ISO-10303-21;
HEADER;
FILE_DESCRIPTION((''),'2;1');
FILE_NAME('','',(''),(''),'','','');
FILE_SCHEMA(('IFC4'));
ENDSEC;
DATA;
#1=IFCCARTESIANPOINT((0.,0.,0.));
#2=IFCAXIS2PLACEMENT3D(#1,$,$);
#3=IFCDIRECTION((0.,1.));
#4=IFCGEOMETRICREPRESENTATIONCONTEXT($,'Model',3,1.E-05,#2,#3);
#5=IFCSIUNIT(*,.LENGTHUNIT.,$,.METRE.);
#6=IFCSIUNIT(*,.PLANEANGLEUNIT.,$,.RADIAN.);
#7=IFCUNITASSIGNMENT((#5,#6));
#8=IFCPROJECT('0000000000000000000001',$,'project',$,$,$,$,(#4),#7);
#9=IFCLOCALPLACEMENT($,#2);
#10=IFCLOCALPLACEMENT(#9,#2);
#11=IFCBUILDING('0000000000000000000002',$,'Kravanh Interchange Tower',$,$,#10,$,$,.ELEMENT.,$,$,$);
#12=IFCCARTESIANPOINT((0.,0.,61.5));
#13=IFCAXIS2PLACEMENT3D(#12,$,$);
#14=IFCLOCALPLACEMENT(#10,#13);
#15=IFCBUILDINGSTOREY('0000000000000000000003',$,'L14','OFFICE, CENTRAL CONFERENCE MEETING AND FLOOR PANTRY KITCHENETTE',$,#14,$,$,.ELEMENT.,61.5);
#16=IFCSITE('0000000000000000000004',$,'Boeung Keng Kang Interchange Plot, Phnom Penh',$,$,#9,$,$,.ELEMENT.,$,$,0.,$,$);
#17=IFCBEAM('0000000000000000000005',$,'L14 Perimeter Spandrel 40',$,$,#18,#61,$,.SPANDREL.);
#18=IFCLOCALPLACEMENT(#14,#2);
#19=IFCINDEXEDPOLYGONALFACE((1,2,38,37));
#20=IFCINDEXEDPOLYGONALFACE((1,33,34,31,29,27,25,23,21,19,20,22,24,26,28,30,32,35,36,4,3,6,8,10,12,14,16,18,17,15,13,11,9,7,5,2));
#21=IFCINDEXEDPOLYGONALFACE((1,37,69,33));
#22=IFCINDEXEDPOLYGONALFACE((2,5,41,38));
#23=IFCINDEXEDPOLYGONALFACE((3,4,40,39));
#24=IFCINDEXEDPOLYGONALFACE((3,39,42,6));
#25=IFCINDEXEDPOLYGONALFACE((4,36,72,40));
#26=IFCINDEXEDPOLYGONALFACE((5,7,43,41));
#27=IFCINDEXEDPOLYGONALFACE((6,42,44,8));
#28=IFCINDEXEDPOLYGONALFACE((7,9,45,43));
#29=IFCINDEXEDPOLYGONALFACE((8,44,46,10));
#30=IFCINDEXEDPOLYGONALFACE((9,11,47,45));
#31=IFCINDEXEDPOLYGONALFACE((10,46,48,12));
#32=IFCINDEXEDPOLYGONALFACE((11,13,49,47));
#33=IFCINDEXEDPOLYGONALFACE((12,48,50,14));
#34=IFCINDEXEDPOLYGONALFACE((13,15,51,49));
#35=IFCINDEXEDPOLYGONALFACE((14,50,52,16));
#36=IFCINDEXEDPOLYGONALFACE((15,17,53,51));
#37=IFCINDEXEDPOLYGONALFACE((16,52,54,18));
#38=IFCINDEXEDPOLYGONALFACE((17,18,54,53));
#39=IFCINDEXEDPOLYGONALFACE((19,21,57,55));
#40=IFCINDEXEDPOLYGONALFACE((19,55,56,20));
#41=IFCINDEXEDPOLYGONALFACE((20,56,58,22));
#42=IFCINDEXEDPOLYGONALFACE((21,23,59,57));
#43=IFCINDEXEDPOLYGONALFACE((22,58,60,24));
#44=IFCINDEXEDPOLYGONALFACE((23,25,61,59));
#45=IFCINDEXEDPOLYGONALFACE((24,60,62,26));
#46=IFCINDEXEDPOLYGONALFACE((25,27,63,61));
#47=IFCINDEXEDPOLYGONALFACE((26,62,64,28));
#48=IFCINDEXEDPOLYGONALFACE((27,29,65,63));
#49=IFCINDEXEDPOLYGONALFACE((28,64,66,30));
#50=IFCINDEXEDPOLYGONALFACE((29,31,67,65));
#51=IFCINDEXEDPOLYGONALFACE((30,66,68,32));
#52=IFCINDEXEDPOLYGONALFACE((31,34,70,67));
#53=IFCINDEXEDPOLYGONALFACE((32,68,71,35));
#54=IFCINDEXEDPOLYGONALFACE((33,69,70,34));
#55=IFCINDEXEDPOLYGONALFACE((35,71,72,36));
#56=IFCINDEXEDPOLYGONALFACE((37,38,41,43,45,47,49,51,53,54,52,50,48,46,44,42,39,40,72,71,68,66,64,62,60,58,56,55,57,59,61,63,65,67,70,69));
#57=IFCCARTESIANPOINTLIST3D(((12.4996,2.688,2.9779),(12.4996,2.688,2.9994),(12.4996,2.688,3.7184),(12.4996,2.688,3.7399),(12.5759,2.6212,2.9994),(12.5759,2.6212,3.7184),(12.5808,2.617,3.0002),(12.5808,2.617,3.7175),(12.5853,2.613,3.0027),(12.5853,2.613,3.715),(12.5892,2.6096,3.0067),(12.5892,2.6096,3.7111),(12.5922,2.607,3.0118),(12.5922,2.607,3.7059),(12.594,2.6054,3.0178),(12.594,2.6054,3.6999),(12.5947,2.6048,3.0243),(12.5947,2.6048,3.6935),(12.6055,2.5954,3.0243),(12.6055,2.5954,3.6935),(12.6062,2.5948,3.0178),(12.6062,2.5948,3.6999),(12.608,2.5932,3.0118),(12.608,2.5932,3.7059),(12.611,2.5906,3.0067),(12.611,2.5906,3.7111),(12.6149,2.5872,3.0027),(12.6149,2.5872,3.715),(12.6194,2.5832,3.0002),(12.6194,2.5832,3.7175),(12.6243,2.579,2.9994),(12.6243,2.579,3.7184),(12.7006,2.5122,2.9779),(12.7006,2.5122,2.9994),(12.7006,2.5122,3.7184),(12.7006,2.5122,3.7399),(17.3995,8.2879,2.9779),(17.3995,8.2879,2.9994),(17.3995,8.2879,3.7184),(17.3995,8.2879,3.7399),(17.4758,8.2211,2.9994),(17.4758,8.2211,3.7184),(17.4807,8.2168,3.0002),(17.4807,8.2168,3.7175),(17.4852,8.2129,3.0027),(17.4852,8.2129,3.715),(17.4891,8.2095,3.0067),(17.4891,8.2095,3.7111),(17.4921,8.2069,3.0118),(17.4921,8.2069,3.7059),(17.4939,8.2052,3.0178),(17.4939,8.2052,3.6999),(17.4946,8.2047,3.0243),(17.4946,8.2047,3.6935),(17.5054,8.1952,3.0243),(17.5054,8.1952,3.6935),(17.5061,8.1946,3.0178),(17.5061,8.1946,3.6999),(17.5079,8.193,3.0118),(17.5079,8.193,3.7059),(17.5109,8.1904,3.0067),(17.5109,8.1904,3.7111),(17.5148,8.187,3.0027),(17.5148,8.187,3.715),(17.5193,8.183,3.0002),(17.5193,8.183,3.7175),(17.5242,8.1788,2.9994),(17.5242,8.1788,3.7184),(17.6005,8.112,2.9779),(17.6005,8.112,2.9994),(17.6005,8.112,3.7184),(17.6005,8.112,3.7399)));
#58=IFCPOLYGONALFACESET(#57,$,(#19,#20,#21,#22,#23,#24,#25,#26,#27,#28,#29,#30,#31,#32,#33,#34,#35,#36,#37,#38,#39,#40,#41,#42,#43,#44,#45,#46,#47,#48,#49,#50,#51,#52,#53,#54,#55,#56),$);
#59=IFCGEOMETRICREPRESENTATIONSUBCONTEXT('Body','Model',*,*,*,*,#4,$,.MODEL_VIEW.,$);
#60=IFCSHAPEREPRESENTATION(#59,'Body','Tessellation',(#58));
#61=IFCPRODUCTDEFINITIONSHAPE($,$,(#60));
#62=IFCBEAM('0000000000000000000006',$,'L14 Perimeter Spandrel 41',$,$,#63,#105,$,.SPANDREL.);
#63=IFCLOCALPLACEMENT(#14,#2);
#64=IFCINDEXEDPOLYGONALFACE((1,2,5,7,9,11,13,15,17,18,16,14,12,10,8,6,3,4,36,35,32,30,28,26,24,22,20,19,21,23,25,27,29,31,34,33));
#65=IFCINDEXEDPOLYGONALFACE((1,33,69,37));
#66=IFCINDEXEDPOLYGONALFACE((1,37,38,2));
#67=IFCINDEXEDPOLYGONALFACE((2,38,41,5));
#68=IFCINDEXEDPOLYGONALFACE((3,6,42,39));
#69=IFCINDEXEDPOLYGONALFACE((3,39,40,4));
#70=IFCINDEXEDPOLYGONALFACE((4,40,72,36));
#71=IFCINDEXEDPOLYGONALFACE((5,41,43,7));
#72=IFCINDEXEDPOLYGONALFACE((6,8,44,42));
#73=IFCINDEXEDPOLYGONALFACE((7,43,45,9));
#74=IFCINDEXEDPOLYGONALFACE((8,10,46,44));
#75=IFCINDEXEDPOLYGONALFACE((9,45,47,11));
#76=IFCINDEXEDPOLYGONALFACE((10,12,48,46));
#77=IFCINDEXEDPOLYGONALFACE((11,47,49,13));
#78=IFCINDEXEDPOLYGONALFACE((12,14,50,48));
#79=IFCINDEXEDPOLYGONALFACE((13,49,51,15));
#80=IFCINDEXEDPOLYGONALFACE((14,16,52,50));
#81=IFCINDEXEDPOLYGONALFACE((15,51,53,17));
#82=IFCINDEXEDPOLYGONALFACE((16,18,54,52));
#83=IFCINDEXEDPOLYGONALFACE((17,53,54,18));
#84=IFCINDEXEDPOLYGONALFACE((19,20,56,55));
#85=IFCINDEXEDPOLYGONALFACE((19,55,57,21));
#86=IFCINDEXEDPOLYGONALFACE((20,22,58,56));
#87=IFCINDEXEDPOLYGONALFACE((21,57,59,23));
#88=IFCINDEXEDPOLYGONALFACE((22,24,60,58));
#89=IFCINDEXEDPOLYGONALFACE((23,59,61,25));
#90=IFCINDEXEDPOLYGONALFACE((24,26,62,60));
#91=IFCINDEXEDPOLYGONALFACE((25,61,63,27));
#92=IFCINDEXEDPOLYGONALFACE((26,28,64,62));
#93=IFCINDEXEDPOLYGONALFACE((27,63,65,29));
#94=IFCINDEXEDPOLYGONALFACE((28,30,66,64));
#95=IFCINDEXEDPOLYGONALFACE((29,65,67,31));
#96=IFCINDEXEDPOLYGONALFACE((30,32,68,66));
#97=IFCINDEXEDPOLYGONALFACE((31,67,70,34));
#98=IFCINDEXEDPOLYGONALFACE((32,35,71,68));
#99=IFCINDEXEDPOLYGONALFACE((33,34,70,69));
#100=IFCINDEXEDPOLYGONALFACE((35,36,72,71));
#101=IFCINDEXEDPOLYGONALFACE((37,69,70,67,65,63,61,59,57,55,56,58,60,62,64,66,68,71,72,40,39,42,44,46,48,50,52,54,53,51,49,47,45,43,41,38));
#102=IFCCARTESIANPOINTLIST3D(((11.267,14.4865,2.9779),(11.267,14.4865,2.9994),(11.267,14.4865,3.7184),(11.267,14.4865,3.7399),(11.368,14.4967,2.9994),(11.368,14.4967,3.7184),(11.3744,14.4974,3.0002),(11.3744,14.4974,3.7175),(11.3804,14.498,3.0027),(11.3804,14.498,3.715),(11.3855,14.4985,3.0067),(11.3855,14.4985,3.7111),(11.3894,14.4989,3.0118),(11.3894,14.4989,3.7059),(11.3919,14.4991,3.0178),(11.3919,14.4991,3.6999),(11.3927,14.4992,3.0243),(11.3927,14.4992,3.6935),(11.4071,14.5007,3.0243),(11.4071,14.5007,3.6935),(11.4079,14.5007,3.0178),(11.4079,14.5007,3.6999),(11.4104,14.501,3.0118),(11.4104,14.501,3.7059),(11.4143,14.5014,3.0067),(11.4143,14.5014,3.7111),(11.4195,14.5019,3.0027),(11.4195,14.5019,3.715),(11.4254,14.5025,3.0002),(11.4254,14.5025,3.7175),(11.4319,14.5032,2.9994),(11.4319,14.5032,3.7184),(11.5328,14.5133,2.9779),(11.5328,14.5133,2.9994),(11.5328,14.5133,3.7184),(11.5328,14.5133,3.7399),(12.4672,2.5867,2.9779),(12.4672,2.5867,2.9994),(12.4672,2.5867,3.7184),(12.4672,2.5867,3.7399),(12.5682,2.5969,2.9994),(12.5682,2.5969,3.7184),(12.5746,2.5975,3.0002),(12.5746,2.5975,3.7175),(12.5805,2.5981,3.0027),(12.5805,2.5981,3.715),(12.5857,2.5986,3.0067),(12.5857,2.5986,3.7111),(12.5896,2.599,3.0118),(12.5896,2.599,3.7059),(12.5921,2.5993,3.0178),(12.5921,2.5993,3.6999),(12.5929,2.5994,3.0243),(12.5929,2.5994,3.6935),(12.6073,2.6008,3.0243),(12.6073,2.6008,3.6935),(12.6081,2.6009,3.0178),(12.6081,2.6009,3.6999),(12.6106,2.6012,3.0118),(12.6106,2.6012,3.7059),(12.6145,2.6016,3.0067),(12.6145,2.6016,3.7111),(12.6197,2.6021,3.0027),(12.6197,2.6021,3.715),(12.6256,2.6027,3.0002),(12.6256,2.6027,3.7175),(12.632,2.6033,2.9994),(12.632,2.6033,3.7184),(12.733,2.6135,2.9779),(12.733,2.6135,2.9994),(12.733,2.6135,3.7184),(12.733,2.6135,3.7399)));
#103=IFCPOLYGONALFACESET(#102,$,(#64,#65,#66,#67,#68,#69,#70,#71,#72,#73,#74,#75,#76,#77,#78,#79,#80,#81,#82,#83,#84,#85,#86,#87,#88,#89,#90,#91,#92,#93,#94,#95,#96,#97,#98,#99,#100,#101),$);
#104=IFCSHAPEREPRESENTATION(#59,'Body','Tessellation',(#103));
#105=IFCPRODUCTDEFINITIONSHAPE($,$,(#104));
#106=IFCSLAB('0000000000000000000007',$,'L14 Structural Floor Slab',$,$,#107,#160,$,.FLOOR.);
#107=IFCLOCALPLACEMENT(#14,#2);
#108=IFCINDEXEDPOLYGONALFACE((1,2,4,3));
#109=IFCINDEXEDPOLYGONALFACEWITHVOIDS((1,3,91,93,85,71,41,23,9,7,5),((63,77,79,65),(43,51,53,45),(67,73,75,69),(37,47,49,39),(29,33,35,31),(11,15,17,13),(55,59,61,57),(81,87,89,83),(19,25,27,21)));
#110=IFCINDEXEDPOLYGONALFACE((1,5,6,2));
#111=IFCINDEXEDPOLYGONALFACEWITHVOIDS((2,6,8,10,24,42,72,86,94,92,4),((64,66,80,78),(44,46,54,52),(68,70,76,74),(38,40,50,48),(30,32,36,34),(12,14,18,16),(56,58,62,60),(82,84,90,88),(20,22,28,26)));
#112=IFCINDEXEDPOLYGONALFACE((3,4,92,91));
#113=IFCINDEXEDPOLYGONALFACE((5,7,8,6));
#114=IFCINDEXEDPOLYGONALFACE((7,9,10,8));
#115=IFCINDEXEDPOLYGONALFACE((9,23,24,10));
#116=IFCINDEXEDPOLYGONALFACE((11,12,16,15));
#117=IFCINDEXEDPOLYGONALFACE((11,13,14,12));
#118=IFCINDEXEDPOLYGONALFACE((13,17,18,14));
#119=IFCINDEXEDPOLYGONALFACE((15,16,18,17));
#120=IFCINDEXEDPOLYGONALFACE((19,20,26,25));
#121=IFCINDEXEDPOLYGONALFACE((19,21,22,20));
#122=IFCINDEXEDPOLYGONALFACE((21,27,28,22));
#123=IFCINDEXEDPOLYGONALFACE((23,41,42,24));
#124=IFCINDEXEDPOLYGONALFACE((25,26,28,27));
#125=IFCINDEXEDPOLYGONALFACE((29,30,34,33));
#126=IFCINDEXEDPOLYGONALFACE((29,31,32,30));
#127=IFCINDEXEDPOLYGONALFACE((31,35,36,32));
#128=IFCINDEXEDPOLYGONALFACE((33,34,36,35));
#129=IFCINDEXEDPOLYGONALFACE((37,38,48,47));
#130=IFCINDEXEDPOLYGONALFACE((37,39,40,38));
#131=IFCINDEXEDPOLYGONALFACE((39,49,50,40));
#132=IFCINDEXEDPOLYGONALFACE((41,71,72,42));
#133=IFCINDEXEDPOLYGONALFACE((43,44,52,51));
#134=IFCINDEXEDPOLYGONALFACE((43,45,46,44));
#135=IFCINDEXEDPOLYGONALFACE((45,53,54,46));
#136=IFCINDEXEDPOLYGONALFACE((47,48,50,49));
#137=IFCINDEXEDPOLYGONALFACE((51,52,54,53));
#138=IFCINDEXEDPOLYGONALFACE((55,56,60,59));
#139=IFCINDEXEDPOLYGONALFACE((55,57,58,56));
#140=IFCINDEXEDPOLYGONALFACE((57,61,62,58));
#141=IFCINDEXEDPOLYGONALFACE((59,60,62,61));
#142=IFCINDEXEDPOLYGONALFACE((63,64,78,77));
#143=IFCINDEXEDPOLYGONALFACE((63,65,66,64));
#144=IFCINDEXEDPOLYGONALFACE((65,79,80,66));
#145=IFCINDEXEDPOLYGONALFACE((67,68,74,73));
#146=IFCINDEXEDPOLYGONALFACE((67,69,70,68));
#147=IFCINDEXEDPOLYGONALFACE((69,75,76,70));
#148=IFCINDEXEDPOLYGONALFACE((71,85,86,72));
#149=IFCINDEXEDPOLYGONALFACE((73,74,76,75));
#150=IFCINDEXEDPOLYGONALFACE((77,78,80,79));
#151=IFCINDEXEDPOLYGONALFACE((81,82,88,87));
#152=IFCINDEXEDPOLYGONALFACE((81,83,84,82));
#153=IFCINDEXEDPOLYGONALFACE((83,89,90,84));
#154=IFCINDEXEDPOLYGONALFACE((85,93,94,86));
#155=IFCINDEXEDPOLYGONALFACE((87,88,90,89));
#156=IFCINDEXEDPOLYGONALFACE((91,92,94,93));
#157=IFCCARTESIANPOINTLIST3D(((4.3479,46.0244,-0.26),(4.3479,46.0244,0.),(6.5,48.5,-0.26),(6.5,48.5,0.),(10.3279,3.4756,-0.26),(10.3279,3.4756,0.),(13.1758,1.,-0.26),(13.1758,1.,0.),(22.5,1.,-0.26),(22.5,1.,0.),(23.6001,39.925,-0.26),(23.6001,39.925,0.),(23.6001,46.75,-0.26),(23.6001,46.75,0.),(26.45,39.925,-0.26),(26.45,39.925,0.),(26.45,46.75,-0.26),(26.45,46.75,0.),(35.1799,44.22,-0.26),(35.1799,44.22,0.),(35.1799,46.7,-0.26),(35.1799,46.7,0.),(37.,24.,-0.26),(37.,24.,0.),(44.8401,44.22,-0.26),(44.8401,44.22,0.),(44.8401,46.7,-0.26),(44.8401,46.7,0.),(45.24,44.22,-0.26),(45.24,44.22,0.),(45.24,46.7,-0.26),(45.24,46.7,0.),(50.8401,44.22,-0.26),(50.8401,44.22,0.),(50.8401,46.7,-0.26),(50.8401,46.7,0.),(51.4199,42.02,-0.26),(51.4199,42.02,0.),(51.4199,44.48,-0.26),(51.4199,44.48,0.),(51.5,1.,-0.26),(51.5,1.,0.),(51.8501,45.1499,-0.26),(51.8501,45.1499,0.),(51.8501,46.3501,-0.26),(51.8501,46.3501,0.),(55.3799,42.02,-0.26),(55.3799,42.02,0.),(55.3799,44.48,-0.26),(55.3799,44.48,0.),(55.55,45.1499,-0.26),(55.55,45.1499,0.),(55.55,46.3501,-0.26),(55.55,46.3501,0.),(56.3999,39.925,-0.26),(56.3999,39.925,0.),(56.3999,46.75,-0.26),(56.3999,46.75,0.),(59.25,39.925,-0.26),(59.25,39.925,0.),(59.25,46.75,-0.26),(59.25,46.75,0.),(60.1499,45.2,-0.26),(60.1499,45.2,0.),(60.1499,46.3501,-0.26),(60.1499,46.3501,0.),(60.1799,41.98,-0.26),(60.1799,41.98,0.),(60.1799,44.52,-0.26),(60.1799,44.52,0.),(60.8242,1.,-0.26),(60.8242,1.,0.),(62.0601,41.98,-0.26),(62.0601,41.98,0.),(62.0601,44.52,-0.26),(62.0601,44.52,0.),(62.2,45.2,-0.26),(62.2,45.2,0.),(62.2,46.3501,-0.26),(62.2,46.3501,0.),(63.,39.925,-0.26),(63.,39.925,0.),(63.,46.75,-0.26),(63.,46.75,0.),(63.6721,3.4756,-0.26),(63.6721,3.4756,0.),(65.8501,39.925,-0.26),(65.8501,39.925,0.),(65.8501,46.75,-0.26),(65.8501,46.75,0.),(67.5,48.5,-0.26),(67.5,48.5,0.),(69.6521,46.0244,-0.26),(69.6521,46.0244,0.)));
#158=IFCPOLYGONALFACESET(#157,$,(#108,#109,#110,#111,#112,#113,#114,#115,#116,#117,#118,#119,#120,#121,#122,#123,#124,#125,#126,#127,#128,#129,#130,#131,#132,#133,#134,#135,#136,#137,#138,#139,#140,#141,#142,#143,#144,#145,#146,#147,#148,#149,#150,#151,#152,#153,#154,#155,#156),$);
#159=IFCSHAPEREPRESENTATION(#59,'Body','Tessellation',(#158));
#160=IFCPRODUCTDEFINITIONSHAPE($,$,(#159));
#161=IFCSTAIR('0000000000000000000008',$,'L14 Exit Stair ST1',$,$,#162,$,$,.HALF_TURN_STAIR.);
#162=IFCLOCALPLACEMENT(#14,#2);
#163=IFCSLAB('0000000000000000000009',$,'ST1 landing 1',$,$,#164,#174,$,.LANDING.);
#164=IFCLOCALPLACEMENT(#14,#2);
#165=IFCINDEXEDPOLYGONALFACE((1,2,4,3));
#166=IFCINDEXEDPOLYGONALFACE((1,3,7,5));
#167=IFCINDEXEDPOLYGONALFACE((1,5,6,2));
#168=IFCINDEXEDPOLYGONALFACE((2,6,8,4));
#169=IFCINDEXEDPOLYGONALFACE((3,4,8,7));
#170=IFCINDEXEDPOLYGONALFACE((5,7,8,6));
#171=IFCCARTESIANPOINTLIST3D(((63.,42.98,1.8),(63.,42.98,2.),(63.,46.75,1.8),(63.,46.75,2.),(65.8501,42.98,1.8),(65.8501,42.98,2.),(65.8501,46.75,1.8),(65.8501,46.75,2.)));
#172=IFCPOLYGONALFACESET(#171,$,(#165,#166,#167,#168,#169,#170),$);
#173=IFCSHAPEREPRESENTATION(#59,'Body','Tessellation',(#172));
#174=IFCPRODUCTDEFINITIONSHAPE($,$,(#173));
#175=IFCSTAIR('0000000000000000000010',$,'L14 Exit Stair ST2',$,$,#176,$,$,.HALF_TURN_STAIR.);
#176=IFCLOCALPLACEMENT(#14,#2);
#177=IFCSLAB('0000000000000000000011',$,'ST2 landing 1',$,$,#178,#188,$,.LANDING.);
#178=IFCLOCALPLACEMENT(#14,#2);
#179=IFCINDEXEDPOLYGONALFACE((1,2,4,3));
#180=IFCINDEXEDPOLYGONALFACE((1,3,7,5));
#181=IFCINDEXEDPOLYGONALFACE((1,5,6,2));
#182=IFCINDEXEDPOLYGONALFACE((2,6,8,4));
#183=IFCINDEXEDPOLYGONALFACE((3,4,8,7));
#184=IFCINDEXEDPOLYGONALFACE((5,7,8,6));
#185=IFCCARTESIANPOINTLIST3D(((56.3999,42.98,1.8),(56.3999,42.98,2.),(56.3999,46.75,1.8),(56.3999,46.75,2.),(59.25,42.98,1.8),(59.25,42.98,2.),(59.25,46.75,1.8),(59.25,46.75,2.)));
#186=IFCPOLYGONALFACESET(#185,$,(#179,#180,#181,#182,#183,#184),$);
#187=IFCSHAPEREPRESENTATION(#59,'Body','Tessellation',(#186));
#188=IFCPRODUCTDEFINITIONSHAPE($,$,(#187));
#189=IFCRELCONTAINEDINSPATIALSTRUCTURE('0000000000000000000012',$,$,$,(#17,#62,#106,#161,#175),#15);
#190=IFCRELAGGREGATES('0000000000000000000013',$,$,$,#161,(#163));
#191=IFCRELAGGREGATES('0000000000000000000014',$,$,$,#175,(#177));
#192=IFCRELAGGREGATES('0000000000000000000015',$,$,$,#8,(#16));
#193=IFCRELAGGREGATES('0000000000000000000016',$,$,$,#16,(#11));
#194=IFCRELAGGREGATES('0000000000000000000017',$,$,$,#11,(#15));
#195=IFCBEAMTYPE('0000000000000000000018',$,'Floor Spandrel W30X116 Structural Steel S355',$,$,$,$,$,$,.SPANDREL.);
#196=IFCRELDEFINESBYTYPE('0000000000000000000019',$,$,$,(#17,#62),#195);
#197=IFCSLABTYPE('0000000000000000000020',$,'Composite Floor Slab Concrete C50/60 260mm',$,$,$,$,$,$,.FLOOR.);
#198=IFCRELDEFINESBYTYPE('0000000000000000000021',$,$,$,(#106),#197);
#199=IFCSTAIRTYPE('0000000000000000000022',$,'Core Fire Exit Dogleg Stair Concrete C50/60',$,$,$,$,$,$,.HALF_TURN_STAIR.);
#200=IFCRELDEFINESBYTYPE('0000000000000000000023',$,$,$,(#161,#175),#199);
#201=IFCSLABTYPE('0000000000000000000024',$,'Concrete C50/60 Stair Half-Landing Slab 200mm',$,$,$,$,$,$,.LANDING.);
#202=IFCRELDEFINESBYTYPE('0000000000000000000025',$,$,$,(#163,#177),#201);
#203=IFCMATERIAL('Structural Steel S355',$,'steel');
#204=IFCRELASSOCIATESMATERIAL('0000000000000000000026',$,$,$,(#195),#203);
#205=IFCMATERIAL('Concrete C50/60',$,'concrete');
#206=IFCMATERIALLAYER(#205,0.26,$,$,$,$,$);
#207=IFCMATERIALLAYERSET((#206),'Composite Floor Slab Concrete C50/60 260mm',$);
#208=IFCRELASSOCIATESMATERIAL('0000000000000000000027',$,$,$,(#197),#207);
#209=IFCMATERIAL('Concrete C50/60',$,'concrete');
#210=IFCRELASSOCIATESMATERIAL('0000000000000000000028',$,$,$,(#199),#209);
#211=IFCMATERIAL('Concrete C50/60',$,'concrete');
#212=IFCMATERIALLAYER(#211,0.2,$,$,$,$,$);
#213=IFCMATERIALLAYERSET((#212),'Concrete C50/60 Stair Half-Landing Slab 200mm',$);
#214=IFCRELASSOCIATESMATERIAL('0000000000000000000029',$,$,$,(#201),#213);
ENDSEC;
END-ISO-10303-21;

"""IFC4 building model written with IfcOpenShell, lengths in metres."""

from ifc_helpers import new_model, si_unit, direction, frame, origin, origin_2d, place, context, subcontext, project, spatial, polyline, i_section, outline, extrude, material, layer, layer_set, material_profile, profile_set, type_object, element, aggregate, save


model = new_model("IFC4")

# Units and contexts
model_context = context("Model", 3, precision=1e-05, world=origin(), true_north=direction((0.0, 1.0)))
body_context = subcontext(model_context, "Body", "Model", "MODEL_VIEW")
ifc_project = project(units=[si_unit("LENGTHUNIT", "METRE"), si_unit("PLANEANGLEUNIT", "RADIAN")], contexts=[model_context])

# Site, building, storey
site_placement = place(None, origin())
site = spatial("IfcSite", under=ifc_project, at=site_placement, Name="Boeung Keng Kang Interchange Plot, Phnom Penh", CompositionType="ELEMENT", RefElevation=0.0)
building_placement = place(site_placement, origin())
building = spatial("IfcBuilding", under=site, at=building_placement, Name="Kravanh Interchange Tower", CompositionType="ELEMENT")
storey_placement = place(building_placement, frame((0.0, 0.0, 61.5)))
storey = spatial("IfcBuildingStorey", under=building, at=storey_placement, Name="L14", Description="OFFICE, CENTRAL CONFERENCE MEETING AND FLOOR PANTRY KITCHENETTE", CompositionType="ELEMENT", Elevation=61.5)

# Beams
ifc_material_1 = material(Name="Structural Steel S355", Category="steel")
ifc_material_profile_1 = material_profile(ifc_material_1, i_section(OverallWidth=0.2671, OverallDepth=0.762, WebThickness=0.0144, FlangeThickness=0.0215, FilletRadius=0.0249, at=origin_2d()), Name="W30X116")
ifc_profile_set_1 = profile_set([ifc_material_profile_1], Name="Structural Steel S355")
beam_type_1 = type_object("IfcBeamType", Name="Floor Spandrel W30X116 Structural Steel S355", PredefinedType="SPANDREL", material=ifc_profile_set_1)
beam_1_placement = place(storey_placement, frame((12.6001, 2.6001, 3.3589), z_axis=(0.658507, 0.752575, 0.0), x_axis=(-0.752575, 0.658507, 0.0)))
element("IfcBeam", 1, at=beam_1_placement, inside=storey, type_object=beam_type_1, Name="L14 Perimeter Spandrel 40", PredefinedType="SPANDREL", context=body_context, shape_type="SweptSolid", body=[
    extrude(i_section(OverallWidth=0.2671, OverallDepth=0.762, WebThickness=0.0144, FlangeThickness=0.0215, FilletRadius=0.0249, at=origin_2d()), origin(), (0.0, 0.0, 1.0), 7.4409),
])
beam_2_placement = place(storey_placement, frame((12.6001, 2.6001, 3.3589), z_axis=(-0.100348, 0.994952, 0.0), x_axis=(-0.994952, -0.100348, 0.0)))
element("IfcBeam", 2, at=beam_2_placement, inside=storey, type_object=beam_type_1, Name="L14 Perimeter Spandrel 41", PredefinedType="SPANDREL", context=body_context, shape_type="SweptSolid", body=[
    extrude(i_section(OverallWidth=0.2671, OverallDepth=0.762, WebThickness=0.0144, FlangeThickness=0.0215, FilletRadius=0.0249, at=origin_2d()), origin(), (0.0, 0.0, 1.0), 11.9602),
])

# Slab
ifc_material_2 = material(Name="Concrete C50/60", Category="concrete")
ifc_layer_1 = layer(ifc_material_2, 0.26)
ifc_layer_set_1 = layer_set([ifc_layer_1], Name="Composite Floor Slab Concrete C50/60 260mm")
slab_type_1 = type_object("IfcSlabType", Name="Composite Floor Slab Concrete C50/60 260mm", PredefinedType="FLOOR", material=ifc_layer_set_1)
slab_1_placement = place(storey_placement, frame((0.0, 0.0, -0.26)))
element("IfcSlab", 3, at=slab_1_placement, inside=storey, type_object=slab_type_1, Name="L14 Structural Floor Slab", PredefinedType="FLOOR", context=body_context, shape_type="SweptSolid", body=[
    extrude(outline(polyline([(10.3279, 3.4756), (13.1758, 1.0), (22.5, 1.0), (37.0, 24.0), (51.5, 1.0), (60.8242, 1.0), (63.6721, 3.4756), (69.6521, 46.0244), (67.5, 48.5), (6.5, 48.5), (4.3479, 46.0244), (10.3279, 3.4756)]), holes=[polyline([(65.8501, 39.925), (65.8501, 46.75), (63.0, 46.75), (63.0, 39.925), (65.8501, 39.925)]), polyline([(59.25, 39.925), (59.25, 46.75), (56.3999, 46.75), (56.3999, 39.925), (59.25, 39.925)]), polyline([(26.45, 39.925), (26.45, 46.75), (23.6001, 46.75), (23.6001, 39.925), (26.45, 39.925)]), polyline([(35.1799, 44.22), (44.8401, 44.22), (44.8401, 46.7), (35.1799, 46.7), (35.1799, 44.22)]), polyline([(45.24, 44.22), (50.8401, 44.22), (50.8401, 46.7), (45.24, 46.7), (45.24, 44.22)]), polyline([(51.4199, 42.02), (55.3799, 42.02), (55.3799, 44.48), (51.4199, 44.48), (51.4199, 42.02)]), polyline([(60.1799, 41.98), (62.0601, 41.98), (62.0601, 44.52), (60.1799, 44.52), (60.1799, 41.98)]), polyline([(60.1499, 45.2), (62.2, 45.2), (62.2, 46.3501), (60.1499, 46.3501), (60.1499, 45.2)]), polyline([(51.8501, 45.1499), (55.55, 45.1499), (55.55, 46.3501), (51.8501, 46.3501), (51.8501, 45.1499)])]), origin(), (0.0, 0.0, 1.0), 0.26),
])

# Stairs, slabs
ifc_material_3 = material(Name="Concrete C50/60", Category="concrete")
stair_type = type_object("IfcStairType", Name="Core Fire Exit Dogleg Stair Concrete C50/60", PredefinedType="HALF_TURN_STAIR", material=ifc_material_3)
stair_1_placement = place(storey_placement, origin())
stair_1 = element("IfcStair", 4, at=stair_1_placement, inside=storey, type_object=stair_type, Name="L14 Exit Stair ST1", PredefinedType="HALF_TURN_STAIR")
ifc_material_4 = material(Name="Concrete C50/60", Category="concrete")
ifc_layer_2 = layer(ifc_material_4, 0.2)
ifc_layer_set_2 = layer_set([ifc_layer_2], Name="Concrete C50/60 Stair Half-Landing Slab 200mm")
slab_type_2 = type_object("IfcSlabType", Name="Concrete C50/60 Stair Half-Landing Slab 200mm", PredefinedType="LANDING", material=ifc_layer_set_2)
slab_2_placement = place(storey_placement, frame((0.0, 0.0, 1.8)))
slab_2 = element("IfcSlab", 5, at=slab_2_placement, type_object=slab_type_2, Name="ST1 landing 1", PredefinedType="LANDING", context=body_context, shape_type="SweptSolid", body=[
    extrude(outline(polyline([(65.8501, 42.98), (65.8501, 46.75), (63.0, 46.75), (63.0, 42.98), (65.8501, 42.98)])), origin(), (0.0, 0.0, 1.0), 0.2),
])
aggregate(stair_1, [slab_2])
stair_2_placement = place(storey_placement, origin())
stair_2 = element("IfcStair", 6, at=stair_2_placement, inside=storey, type_object=stair_type, Name="L14 Exit Stair ST2", PredefinedType="HALF_TURN_STAIR")
slab_3_placement = place(storey_placement, frame((0.0, 0.0, 1.8)))
slab_3 = element("IfcSlab", 7, at=slab_3_placement, type_object=slab_type_2, Name="ST2 landing 1", PredefinedType="LANDING", context=body_context, shape_type="SweptSolid", body=[
    extrude(outline(polyline([(59.25, 42.98), (59.25, 46.75), (56.3999, 46.75), (56.3999, 42.98), (59.25, 42.98)])), origin(), (0.0, 0.0, 1.0), 0.2),
])
aggregate(stair_2, [slab_3])

save(model, "model.ifc")
